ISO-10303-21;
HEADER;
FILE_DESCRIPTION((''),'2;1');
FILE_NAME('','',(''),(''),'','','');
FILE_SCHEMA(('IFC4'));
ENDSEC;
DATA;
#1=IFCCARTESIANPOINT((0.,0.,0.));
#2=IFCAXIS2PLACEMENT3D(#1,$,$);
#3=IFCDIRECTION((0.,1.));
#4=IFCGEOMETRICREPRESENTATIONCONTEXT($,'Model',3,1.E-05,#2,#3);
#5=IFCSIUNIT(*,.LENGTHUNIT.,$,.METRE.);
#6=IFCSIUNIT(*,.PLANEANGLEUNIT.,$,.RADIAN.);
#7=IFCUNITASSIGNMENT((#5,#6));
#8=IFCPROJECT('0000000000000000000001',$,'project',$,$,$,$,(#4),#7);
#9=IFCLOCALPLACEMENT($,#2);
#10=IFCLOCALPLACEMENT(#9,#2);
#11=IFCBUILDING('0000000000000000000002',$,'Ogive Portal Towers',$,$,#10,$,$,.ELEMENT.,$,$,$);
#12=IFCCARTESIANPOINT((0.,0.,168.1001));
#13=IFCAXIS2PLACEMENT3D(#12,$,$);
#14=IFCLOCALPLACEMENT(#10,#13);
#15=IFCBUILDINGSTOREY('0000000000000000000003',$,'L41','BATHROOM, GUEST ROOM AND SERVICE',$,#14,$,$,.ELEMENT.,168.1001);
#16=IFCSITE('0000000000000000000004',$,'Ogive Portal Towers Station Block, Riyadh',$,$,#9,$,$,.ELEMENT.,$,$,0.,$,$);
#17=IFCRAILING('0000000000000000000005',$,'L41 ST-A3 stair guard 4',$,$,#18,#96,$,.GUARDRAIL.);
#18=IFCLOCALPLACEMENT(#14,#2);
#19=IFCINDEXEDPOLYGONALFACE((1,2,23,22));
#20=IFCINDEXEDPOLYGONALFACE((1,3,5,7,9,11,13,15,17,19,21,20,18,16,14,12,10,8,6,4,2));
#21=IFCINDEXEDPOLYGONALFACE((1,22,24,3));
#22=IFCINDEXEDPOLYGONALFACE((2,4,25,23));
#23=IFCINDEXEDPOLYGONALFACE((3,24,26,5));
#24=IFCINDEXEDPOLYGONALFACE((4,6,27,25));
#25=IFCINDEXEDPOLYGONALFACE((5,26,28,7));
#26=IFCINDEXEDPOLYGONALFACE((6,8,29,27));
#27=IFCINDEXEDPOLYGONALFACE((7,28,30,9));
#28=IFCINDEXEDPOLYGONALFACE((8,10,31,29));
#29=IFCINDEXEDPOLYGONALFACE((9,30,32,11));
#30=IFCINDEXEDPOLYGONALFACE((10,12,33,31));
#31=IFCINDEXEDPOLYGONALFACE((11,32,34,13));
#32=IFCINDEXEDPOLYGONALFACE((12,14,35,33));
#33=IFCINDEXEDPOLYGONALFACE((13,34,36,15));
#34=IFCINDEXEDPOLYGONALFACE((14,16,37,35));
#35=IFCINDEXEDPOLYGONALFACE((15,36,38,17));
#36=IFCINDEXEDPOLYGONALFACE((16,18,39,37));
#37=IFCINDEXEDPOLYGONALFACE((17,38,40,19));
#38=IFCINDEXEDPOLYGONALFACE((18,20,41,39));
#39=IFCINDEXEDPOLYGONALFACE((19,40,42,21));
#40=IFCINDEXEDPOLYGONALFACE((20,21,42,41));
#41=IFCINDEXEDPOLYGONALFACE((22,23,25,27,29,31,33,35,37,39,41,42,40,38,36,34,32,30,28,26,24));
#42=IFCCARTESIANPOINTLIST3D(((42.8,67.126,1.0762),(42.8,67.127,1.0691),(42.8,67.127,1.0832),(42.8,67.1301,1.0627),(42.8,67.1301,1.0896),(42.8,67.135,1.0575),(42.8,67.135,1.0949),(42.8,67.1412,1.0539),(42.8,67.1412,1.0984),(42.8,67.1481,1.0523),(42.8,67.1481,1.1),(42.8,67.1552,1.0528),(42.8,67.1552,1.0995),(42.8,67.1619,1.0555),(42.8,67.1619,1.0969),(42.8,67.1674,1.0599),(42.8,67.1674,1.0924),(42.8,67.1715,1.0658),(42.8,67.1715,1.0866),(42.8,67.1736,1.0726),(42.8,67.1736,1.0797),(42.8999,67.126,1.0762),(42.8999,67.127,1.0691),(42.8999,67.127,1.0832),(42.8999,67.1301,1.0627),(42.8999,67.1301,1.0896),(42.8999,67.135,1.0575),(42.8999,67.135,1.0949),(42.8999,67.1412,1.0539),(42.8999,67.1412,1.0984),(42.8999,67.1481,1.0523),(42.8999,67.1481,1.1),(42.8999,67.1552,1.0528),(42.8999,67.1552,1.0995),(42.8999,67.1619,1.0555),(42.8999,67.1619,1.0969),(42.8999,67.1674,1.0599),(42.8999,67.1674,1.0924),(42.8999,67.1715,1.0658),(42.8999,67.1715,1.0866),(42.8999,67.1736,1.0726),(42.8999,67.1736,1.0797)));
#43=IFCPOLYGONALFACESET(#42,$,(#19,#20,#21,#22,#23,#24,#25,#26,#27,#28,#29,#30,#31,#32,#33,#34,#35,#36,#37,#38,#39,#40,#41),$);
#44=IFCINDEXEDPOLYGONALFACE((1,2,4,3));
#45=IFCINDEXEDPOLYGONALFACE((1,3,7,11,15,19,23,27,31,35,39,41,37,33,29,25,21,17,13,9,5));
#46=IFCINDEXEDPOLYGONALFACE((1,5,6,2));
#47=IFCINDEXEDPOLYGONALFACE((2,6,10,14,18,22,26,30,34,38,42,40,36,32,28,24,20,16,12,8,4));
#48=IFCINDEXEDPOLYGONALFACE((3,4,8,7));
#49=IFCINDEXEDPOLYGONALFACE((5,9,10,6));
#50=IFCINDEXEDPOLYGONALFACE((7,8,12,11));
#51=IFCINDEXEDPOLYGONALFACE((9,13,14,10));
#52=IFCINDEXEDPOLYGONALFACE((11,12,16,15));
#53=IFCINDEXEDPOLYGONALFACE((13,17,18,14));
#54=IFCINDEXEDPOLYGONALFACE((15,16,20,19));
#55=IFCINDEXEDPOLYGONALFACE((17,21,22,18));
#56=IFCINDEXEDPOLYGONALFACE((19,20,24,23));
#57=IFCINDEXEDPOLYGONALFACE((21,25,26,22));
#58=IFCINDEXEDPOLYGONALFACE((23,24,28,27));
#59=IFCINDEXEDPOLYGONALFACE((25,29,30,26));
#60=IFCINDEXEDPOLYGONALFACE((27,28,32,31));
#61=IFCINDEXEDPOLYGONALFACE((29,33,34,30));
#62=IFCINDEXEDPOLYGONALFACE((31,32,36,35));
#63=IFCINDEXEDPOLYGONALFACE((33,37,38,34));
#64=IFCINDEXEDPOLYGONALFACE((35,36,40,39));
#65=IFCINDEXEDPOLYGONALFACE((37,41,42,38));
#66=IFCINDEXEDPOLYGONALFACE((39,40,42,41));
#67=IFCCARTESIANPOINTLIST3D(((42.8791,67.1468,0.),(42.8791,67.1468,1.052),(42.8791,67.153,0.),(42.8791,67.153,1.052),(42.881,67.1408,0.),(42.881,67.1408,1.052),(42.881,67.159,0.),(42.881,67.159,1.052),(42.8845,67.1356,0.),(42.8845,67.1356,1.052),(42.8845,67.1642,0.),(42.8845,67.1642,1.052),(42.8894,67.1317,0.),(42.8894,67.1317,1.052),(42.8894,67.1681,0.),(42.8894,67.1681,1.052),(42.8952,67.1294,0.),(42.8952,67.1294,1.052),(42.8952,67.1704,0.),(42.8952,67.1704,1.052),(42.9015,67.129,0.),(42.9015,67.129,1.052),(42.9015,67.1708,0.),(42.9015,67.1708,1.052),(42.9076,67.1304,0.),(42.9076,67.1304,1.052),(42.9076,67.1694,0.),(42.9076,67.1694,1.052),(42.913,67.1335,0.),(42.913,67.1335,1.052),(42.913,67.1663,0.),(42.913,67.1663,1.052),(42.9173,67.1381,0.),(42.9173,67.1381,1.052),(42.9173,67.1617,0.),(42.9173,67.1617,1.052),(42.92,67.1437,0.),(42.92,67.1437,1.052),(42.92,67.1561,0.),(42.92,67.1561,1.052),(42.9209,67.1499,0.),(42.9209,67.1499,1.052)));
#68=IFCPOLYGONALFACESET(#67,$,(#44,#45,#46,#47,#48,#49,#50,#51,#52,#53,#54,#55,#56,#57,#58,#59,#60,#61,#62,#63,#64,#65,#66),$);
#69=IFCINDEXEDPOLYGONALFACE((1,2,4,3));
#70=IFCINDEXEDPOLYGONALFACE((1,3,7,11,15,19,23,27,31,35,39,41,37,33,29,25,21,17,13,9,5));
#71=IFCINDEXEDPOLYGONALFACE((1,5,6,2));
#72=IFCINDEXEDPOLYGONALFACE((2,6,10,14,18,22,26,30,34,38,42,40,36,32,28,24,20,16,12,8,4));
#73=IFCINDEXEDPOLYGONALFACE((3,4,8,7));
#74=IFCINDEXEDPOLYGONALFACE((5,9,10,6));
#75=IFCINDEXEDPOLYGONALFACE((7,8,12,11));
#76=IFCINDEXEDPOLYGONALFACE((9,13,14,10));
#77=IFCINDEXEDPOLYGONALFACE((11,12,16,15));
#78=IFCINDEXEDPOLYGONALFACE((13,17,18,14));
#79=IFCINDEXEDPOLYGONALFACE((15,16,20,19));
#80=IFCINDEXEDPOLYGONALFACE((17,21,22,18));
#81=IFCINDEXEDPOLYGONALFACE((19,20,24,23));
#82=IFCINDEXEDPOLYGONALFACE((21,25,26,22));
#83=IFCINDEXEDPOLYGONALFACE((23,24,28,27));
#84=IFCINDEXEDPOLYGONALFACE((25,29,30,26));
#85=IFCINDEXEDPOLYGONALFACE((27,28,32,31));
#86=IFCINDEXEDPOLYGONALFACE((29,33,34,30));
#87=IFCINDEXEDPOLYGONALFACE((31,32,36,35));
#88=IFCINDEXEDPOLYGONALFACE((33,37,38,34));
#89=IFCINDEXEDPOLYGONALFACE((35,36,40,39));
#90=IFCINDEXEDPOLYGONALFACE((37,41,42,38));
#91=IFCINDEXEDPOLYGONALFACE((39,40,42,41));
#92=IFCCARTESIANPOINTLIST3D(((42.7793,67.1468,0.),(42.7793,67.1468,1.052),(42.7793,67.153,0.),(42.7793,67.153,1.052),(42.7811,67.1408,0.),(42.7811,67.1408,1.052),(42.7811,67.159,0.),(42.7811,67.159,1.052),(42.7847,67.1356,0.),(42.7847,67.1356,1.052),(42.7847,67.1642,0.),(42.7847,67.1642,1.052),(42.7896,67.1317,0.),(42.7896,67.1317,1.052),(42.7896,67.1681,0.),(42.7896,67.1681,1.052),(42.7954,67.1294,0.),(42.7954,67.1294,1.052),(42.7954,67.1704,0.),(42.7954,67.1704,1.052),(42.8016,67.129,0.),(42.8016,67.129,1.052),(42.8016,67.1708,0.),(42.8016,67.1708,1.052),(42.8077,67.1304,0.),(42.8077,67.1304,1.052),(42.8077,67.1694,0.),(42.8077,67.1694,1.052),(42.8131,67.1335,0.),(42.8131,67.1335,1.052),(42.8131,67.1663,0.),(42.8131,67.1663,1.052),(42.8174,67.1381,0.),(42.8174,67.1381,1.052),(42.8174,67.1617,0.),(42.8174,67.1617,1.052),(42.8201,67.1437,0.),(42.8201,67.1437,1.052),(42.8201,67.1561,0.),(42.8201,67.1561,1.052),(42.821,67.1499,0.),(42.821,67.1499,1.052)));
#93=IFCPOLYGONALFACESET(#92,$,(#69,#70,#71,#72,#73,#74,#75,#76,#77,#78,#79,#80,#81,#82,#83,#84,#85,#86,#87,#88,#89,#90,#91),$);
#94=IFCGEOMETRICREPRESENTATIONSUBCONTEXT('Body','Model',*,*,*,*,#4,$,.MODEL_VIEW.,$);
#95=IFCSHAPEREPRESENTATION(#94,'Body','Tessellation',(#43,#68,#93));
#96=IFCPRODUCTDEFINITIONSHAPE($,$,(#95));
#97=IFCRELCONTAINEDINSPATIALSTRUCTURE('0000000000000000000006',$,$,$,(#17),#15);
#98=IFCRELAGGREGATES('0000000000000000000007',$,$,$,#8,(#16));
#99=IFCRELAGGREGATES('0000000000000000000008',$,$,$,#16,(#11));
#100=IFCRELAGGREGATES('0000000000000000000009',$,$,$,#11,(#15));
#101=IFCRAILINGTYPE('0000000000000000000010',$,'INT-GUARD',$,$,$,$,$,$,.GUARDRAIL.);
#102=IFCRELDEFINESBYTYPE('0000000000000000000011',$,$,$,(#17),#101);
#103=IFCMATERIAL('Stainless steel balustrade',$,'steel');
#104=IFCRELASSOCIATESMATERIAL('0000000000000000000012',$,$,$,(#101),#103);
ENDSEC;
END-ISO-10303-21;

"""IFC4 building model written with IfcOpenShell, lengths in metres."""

from ifc_helpers import new_model, si_unit, direction, frame, origin, origin_2d, place, context, subcontext, project, spatial, circle, extrude, material, type_object, element, save


model = new_model("IFC4")

# Units and contexts
model_context = context("Model", 3, precision=1e-05, world=origin(), true_north=direction((0.0, 1.0)))
body_context = subcontext(model_context, "Body", "Model", "MODEL_VIEW")
ifc_project = project(units=[si_unit("LENGTHUNIT", "METRE"), si_unit("PLANEANGLEUNIT", "RADIAN")], contexts=[model_context])

# Site, building, storey
site_placement = place(None, origin())
site = spatial("IfcSite", under=ifc_project, at=site_placement, Name="Ogive Portal Towers Station Block, Riyadh", CompositionType="ELEMENT", RefElevation=0.0)
building_placement = place(site_placement, origin())
building = spatial("IfcBuilding", under=site, at=building_placement, Name="Ogive Portal Towers", CompositionType="ELEMENT")
storey_placement = place(building_placement, frame((0.0, 0.0, 168.1001)))
storey = spatial("IfcBuildingStorey", under=building, at=storey_placement, Name="L41", Description="BATHROOM, GUEST ROOM AND SERVICE", CompositionType="ELEMENT", Elevation=168.1001)

# Railing
ifc_material_1 = material(Name="Stainless steel balustrade", Category="steel")
railing_type_1 = type_object("IfcRailingType", Name="INT-GUARD", PredefinedType="GUARDRAIL", material=ifc_material_1)
railing_1_placement = place(storey_placement, frame((42.8999, 67.1499, 0.0)))
element("IfcRailing", 1, at=railing_1_placement, inside=storey, type_object=railing_type_1, Name="L41 ST-A3 stair guard 4", PredefinedType="GUARDRAIL", context=body_context, shape_type="SweptSolid", body=[
    extrude(circle(Radius=0.0239, at=origin_2d()), frame((0.0, 0.0, 1.0762), z_axis=(-1.0, 0.0, 0.0), x_axis=(0.0, -1.0, 0.0)), (0.0, 0.0, 1.0), 0.0999),
    extrude(circle(Radius=0.021, at=origin_2d()), origin(), (0.0, 0.0, 1.0), 1.052),
    extrude(circle(Radius=0.021, at=origin_2d()), frame((-0.0999, 0.0, 0.0)), (0.0, 0.0, 1.0), 1.052),
])

save(model, "model.ifc")
